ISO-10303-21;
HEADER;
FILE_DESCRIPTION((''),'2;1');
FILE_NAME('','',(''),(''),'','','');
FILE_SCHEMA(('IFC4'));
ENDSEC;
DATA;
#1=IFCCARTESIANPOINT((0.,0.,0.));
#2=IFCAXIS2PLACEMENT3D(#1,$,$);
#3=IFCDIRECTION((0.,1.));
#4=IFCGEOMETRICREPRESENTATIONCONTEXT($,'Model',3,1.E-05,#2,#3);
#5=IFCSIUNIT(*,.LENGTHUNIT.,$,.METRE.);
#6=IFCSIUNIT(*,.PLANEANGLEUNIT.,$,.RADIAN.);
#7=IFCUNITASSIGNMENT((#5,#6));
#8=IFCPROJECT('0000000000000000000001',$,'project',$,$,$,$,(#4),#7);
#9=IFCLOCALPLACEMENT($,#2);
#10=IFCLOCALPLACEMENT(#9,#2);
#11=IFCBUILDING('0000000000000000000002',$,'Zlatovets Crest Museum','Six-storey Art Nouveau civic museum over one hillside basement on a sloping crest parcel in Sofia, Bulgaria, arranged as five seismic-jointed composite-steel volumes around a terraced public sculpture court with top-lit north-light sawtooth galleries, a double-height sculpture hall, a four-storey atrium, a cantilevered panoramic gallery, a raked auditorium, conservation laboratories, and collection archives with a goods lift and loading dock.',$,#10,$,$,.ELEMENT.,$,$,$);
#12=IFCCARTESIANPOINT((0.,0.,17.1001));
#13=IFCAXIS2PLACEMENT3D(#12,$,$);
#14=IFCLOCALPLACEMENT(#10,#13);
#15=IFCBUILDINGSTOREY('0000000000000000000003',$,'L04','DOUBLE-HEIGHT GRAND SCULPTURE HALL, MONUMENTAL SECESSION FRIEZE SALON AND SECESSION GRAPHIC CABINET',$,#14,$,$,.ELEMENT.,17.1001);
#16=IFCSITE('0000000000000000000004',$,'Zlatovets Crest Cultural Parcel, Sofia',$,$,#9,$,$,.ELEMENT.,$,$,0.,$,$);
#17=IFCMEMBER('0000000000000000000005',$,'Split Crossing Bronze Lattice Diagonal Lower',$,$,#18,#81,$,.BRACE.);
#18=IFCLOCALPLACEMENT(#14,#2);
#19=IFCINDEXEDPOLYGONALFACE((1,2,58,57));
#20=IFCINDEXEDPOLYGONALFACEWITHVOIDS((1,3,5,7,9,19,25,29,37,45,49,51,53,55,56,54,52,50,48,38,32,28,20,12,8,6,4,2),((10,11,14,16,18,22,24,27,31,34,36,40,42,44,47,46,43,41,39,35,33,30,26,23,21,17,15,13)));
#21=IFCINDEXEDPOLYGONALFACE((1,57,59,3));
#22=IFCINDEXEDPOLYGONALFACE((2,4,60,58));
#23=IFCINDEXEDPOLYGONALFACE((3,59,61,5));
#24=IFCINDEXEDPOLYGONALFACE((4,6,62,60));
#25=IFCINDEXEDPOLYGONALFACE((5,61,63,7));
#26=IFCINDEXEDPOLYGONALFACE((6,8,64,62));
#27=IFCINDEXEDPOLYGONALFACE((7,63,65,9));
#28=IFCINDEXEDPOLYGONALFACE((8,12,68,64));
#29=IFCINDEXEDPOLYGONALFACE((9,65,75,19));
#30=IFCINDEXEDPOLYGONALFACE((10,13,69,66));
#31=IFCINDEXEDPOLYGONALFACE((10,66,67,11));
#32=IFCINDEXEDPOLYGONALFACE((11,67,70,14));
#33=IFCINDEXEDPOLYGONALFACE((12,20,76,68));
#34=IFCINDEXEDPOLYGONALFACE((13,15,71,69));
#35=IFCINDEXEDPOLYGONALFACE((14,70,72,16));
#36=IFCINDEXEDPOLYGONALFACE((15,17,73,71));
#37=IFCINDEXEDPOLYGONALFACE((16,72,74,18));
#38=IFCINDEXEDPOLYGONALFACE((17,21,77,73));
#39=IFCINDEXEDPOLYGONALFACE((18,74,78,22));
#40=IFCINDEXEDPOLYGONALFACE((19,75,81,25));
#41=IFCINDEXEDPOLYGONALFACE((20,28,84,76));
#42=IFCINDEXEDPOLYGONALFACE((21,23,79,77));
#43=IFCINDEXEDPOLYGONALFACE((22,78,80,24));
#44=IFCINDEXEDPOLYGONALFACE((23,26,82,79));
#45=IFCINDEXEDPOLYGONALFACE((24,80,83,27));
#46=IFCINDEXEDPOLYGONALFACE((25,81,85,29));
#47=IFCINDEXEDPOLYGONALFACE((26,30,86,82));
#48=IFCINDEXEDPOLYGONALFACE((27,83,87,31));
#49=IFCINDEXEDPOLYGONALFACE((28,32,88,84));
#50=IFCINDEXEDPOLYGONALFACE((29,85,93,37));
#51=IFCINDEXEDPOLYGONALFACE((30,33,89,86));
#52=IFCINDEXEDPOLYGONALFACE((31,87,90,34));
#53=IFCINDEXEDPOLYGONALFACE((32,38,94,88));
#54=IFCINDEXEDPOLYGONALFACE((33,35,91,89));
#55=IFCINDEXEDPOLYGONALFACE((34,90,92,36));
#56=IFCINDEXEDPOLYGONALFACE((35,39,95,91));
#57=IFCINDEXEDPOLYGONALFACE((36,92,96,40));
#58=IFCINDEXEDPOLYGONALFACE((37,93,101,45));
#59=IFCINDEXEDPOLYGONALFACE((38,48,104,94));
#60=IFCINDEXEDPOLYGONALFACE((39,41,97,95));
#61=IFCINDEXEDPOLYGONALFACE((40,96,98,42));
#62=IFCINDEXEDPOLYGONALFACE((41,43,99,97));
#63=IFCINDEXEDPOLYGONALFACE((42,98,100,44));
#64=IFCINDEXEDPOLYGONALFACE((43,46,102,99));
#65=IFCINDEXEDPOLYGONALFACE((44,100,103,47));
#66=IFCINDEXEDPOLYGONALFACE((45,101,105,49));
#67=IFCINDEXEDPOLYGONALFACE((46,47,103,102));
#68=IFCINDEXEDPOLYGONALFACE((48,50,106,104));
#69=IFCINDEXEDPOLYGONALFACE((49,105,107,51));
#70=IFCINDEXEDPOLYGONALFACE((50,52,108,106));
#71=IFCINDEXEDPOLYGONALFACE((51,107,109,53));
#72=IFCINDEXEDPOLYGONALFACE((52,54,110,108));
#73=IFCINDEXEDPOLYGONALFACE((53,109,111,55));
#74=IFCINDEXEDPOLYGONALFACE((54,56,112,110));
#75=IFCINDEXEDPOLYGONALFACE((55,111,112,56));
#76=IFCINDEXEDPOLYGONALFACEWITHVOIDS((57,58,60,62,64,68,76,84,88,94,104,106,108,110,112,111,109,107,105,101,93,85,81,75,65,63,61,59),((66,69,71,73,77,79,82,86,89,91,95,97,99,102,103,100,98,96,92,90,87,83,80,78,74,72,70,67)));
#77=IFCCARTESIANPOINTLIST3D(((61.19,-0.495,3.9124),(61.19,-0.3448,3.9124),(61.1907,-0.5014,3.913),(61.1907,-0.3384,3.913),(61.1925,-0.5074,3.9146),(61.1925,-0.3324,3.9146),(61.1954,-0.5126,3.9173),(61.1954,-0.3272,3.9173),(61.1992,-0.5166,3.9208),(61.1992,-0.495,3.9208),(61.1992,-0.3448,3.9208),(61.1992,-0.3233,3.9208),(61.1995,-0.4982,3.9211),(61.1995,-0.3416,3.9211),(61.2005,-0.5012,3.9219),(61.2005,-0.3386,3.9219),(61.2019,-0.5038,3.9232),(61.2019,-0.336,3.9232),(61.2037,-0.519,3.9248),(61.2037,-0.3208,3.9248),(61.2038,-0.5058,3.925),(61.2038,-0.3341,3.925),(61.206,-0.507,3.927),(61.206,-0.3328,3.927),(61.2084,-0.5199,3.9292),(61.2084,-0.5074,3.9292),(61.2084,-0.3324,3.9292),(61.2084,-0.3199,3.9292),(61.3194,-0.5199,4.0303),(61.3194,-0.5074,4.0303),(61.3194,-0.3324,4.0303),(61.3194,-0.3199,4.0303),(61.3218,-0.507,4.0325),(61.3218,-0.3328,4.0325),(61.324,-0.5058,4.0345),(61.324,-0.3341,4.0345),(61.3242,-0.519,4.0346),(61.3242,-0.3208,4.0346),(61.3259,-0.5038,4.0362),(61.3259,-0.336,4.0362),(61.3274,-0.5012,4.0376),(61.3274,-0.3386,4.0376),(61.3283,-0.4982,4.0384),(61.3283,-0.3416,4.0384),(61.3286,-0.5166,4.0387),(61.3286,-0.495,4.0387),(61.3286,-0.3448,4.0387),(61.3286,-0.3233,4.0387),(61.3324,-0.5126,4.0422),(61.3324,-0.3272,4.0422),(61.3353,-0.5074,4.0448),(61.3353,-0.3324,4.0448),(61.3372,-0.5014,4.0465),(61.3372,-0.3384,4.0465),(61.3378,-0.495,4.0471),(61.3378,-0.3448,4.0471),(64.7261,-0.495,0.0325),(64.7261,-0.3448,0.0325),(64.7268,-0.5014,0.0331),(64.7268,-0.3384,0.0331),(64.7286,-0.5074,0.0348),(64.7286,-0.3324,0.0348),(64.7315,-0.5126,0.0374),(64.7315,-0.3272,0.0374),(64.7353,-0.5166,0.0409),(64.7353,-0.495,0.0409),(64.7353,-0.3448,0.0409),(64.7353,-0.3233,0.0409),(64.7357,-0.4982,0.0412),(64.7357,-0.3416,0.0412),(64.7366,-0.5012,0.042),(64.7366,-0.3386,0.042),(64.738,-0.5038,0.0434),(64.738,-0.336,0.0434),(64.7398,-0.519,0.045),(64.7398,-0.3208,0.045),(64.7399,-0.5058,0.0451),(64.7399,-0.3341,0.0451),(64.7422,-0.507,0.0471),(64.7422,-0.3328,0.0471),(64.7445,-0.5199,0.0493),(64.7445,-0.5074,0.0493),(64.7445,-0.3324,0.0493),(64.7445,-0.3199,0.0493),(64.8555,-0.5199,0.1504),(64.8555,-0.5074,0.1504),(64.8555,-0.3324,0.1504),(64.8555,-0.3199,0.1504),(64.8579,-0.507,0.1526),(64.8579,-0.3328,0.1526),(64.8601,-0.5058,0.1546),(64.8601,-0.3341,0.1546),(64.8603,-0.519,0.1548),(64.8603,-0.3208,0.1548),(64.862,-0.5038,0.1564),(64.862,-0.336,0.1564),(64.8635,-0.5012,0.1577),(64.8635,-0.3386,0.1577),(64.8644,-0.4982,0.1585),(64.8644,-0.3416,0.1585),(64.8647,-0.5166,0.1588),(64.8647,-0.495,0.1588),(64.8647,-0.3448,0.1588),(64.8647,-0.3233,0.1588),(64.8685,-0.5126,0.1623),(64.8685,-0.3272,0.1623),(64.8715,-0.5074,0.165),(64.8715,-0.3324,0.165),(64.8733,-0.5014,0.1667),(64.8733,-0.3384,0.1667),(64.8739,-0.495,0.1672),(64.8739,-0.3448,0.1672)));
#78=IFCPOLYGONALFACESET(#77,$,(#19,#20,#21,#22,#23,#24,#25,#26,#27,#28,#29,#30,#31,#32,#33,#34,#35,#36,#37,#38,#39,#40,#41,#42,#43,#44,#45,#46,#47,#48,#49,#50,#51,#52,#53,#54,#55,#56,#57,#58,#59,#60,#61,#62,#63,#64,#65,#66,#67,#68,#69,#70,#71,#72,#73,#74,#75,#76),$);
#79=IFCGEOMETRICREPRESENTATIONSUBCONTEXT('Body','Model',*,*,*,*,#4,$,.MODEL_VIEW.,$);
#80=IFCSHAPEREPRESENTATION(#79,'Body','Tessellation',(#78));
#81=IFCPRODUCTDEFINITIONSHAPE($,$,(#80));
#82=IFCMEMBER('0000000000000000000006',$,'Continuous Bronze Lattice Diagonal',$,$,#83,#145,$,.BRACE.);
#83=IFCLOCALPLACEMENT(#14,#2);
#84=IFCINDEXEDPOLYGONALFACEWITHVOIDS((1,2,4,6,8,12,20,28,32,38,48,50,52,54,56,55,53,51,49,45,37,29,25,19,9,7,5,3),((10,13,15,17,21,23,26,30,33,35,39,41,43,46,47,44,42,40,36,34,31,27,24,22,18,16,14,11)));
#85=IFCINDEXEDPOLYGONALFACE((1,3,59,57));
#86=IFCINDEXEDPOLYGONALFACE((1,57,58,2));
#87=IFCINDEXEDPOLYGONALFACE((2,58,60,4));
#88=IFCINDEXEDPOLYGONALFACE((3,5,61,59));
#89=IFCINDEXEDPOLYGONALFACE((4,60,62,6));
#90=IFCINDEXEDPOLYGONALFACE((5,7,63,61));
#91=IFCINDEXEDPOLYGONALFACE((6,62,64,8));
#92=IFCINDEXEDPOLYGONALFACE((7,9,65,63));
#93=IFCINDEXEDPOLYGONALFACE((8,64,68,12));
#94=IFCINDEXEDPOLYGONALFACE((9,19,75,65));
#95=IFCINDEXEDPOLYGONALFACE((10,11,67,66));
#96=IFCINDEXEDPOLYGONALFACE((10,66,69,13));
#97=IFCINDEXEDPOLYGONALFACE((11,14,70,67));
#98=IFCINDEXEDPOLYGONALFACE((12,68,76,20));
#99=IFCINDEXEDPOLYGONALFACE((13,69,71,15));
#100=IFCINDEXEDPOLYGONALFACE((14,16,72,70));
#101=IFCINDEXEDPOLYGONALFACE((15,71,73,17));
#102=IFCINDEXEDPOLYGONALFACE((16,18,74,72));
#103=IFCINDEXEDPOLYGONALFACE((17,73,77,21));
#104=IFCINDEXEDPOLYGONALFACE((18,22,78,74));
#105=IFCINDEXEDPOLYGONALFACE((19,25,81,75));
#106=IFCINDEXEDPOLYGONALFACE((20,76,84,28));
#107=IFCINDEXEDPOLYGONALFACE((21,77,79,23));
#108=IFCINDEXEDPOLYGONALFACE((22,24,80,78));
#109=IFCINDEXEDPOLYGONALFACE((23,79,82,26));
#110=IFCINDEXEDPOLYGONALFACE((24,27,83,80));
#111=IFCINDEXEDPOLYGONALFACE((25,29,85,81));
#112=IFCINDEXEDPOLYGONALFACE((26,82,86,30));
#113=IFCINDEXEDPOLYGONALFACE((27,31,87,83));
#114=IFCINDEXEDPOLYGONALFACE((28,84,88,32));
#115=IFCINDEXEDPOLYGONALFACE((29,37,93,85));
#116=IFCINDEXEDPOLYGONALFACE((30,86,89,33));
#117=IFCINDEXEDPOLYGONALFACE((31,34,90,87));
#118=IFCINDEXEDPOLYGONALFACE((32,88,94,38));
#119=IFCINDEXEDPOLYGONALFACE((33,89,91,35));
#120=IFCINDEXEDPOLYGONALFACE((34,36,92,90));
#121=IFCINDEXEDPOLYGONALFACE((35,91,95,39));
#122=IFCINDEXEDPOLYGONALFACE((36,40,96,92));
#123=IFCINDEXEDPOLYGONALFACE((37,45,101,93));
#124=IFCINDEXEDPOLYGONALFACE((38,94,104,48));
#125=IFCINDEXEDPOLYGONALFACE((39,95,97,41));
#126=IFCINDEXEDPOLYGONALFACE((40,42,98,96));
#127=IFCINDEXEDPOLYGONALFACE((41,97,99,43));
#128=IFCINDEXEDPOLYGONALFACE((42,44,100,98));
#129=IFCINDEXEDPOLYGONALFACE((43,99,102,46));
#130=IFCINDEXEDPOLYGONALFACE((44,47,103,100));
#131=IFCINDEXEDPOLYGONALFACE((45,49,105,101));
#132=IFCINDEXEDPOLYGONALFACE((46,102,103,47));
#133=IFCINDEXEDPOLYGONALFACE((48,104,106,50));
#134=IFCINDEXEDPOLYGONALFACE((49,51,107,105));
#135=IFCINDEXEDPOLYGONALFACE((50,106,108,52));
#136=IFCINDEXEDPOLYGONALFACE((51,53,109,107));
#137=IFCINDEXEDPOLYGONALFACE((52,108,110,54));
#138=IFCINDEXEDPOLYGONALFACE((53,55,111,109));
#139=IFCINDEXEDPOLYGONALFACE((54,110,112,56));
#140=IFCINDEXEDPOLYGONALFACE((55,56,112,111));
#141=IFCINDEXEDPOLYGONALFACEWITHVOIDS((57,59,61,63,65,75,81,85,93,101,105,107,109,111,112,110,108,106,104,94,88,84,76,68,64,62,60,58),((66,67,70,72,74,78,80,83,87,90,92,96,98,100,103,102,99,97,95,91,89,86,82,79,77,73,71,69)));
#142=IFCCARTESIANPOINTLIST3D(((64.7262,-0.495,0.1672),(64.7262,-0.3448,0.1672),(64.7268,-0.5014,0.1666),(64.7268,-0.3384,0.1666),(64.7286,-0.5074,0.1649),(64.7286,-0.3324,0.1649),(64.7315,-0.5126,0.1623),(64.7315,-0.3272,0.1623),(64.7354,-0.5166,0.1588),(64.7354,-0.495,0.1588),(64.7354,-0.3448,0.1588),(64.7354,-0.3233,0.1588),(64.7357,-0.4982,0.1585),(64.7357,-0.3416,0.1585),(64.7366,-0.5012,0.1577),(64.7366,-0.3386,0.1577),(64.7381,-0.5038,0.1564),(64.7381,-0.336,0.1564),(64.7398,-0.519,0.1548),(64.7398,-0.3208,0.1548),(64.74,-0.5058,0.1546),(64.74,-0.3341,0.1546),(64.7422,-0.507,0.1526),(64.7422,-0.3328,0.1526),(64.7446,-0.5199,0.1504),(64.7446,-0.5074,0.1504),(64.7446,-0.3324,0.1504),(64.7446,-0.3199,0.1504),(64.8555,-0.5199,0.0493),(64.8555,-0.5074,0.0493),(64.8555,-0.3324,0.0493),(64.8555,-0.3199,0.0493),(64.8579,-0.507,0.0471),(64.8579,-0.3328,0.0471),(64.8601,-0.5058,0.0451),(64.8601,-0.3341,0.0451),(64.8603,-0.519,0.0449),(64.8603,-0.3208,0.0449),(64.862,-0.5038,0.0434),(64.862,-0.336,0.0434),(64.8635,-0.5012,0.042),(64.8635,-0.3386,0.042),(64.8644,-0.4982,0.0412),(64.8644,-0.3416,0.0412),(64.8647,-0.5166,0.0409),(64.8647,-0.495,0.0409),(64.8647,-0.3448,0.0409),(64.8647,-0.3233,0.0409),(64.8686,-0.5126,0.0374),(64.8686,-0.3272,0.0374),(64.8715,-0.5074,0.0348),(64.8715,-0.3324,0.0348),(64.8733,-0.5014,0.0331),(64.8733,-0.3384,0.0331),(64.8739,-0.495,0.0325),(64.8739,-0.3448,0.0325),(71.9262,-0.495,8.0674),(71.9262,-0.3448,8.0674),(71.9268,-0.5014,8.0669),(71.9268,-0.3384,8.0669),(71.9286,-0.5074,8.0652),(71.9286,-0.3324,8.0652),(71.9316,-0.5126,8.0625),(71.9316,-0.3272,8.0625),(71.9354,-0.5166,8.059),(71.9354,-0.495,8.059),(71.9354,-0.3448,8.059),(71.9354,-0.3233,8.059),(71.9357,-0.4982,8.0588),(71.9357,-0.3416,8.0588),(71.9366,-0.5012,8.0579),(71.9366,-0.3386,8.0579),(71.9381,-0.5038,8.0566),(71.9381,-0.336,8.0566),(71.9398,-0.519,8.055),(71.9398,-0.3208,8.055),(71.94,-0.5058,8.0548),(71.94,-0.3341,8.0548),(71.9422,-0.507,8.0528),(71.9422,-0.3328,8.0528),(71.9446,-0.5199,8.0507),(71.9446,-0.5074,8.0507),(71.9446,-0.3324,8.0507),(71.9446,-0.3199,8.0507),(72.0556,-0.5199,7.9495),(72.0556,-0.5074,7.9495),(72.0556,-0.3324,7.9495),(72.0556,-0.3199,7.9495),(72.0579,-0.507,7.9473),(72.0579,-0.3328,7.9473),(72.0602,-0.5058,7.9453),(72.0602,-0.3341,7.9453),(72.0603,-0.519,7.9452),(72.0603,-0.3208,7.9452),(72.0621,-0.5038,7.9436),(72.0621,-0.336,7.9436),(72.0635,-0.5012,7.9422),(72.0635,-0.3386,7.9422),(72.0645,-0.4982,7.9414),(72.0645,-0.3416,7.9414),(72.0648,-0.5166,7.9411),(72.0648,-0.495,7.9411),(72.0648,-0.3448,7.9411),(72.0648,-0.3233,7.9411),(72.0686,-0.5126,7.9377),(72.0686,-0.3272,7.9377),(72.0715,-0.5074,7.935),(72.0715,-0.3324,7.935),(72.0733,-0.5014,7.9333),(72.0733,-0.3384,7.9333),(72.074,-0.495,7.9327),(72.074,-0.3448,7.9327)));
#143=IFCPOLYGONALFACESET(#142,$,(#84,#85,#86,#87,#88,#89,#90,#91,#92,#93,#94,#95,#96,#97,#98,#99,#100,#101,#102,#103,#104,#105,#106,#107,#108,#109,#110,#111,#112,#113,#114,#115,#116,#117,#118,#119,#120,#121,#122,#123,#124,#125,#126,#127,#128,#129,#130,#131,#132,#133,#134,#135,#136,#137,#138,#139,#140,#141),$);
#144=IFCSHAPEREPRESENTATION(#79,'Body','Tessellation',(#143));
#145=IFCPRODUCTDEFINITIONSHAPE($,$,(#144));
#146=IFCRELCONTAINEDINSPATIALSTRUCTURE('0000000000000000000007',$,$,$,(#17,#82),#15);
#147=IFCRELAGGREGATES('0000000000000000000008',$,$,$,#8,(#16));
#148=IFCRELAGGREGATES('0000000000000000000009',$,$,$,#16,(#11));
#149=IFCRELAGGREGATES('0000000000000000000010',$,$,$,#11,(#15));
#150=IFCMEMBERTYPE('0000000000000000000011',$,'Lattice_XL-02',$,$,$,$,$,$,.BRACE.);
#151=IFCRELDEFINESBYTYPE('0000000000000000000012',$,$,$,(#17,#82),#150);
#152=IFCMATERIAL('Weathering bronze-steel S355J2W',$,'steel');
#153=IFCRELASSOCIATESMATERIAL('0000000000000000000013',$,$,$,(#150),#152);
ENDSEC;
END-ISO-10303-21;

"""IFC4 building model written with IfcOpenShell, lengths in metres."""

from ifc_helpers import new_model, si_unit, direction, frame, origin, origin_2d, place, context, subcontext, project, spatial, hollow_rectangle, extrude, material, material_profile, profile_set, type_object, element, save


model = new_model("IFC4")

# Units and contexts
model_context = context("Model", 3, precision=1e-05, world=origin(), true_north=direction((0.0, 1.0)))
body_context = subcontext(model_context, "Body", "Model", "MODEL_VIEW")
ifc_project = project(units=[si_unit("LENGTHUNIT", "METRE"), si_unit("PLANEANGLEUNIT", "RADIAN")], contexts=[model_context])

# Site, building, storey
site_placement = place(None, origin())
site = spatial("IfcSite", under=ifc_project, at=site_placement, Name="Zlatovets Crest Cultural Parcel, Sofia", CompositionType="ELEMENT", RefElevation=0.0)
building_placement = place(site_placement, origin())
building = spatial("IfcBuilding", under=site, at=building_placement, Name="Zlatovets Crest Museum", Description="Six-storey Art Nouveau civic museum over one hillside basement on a sloping crest parcel in Sofia, Bulgaria, arranged as five seismic-jointed composite-steel volumes around a terraced public sculpture court with top-lit north-light sawtooth galleries, a double-height sculpture hall, a four-storey atrium, a cantilevered panoramic gallery, a raked auditorium, conservation laboratories, and collection archives with a goods lift and loading dock.", CompositionType="ELEMENT")
storey_placement = place(building_placement, frame((0.0, 0.0, 17.1001)))
storey = spatial("IfcBuildingStorey", under=building, at=storey_placement, Name="L04", Description="DOUBLE-HEIGHT GRAND SCULPTURE HALL, MONUMENTAL SECESSION FRIEZE SALON AND SECESSION GRAPHIC CABINET", CompositionType="ELEMENT", Elevation=17.1001)

# Members
ifc_material_1 = material(Name="Weathering bronze-steel S355J2W", Category="steel")
ifc_material_profile_1 = material_profile(ifc_material_1, hollow_rectangle(XDim=0.2, YDim=0.2, WallThickness=0.0125, InnerFilletRadius=0.0125, OuterFilletRadius=0.0249, at=origin_2d()), Name="SHS 200x200x12.5")
ifc_profile_set_1 = profile_set([ifc_material_profile_1], Name="Weathering bronze-steel S355J2W")
member_type_1 = type_object("IfcMemberType", Name="Lattice_XL-02", PredefinedType="BRACE", material=ifc_profile_set_1)
member_1_placement = place(storey_placement, frame((61.2639, -0.4199, 3.9797), z_axis=(0.673607, 0.0, -0.739089), x_axis=(0.0, 1.0, 0.0)))
element("IfcMember", 1, at=member_1_placement, inside=storey, type_object=member_type_1, Name="Split Crossing Bronze Lattice Diagonal Lower", PredefinedType="BRACE", context=body_context, shape_type="SweptSolid", body=[
    extrude(hollow_rectangle(XDim=0.2, YDim=0.2, WallThickness=0.0125, InnerFilletRadius=0.0125, OuterFilletRadius=0.0249, at=origin_2d()), origin(), (0.0, 0.0, 1.0), 5.2495),
])
member_2_placement = place(storey_placement, frame((64.8, -0.4199, 0.0999), z_axis=(0.673594, 0.0, 0.739101), x_axis=(0.0, 1.0, 0.0)))
element("IfcMember", 2, at=member_2_placement, inside=storey, type_object=member_type_1, Name="Continuous Bronze Lattice Diagonal", PredefinedType="BRACE", context=body_context, shape_type="SweptSolid", body=[
    extrude(hollow_rectangle(XDim=0.2, YDim=0.2, WallThickness=0.0125, InnerFilletRadius=0.0125, OuterFilletRadius=0.0249, at=origin_2d()), origin(), (0.0, 0.0, 1.0), 10.689),
])

save(model, "model.ifc")
